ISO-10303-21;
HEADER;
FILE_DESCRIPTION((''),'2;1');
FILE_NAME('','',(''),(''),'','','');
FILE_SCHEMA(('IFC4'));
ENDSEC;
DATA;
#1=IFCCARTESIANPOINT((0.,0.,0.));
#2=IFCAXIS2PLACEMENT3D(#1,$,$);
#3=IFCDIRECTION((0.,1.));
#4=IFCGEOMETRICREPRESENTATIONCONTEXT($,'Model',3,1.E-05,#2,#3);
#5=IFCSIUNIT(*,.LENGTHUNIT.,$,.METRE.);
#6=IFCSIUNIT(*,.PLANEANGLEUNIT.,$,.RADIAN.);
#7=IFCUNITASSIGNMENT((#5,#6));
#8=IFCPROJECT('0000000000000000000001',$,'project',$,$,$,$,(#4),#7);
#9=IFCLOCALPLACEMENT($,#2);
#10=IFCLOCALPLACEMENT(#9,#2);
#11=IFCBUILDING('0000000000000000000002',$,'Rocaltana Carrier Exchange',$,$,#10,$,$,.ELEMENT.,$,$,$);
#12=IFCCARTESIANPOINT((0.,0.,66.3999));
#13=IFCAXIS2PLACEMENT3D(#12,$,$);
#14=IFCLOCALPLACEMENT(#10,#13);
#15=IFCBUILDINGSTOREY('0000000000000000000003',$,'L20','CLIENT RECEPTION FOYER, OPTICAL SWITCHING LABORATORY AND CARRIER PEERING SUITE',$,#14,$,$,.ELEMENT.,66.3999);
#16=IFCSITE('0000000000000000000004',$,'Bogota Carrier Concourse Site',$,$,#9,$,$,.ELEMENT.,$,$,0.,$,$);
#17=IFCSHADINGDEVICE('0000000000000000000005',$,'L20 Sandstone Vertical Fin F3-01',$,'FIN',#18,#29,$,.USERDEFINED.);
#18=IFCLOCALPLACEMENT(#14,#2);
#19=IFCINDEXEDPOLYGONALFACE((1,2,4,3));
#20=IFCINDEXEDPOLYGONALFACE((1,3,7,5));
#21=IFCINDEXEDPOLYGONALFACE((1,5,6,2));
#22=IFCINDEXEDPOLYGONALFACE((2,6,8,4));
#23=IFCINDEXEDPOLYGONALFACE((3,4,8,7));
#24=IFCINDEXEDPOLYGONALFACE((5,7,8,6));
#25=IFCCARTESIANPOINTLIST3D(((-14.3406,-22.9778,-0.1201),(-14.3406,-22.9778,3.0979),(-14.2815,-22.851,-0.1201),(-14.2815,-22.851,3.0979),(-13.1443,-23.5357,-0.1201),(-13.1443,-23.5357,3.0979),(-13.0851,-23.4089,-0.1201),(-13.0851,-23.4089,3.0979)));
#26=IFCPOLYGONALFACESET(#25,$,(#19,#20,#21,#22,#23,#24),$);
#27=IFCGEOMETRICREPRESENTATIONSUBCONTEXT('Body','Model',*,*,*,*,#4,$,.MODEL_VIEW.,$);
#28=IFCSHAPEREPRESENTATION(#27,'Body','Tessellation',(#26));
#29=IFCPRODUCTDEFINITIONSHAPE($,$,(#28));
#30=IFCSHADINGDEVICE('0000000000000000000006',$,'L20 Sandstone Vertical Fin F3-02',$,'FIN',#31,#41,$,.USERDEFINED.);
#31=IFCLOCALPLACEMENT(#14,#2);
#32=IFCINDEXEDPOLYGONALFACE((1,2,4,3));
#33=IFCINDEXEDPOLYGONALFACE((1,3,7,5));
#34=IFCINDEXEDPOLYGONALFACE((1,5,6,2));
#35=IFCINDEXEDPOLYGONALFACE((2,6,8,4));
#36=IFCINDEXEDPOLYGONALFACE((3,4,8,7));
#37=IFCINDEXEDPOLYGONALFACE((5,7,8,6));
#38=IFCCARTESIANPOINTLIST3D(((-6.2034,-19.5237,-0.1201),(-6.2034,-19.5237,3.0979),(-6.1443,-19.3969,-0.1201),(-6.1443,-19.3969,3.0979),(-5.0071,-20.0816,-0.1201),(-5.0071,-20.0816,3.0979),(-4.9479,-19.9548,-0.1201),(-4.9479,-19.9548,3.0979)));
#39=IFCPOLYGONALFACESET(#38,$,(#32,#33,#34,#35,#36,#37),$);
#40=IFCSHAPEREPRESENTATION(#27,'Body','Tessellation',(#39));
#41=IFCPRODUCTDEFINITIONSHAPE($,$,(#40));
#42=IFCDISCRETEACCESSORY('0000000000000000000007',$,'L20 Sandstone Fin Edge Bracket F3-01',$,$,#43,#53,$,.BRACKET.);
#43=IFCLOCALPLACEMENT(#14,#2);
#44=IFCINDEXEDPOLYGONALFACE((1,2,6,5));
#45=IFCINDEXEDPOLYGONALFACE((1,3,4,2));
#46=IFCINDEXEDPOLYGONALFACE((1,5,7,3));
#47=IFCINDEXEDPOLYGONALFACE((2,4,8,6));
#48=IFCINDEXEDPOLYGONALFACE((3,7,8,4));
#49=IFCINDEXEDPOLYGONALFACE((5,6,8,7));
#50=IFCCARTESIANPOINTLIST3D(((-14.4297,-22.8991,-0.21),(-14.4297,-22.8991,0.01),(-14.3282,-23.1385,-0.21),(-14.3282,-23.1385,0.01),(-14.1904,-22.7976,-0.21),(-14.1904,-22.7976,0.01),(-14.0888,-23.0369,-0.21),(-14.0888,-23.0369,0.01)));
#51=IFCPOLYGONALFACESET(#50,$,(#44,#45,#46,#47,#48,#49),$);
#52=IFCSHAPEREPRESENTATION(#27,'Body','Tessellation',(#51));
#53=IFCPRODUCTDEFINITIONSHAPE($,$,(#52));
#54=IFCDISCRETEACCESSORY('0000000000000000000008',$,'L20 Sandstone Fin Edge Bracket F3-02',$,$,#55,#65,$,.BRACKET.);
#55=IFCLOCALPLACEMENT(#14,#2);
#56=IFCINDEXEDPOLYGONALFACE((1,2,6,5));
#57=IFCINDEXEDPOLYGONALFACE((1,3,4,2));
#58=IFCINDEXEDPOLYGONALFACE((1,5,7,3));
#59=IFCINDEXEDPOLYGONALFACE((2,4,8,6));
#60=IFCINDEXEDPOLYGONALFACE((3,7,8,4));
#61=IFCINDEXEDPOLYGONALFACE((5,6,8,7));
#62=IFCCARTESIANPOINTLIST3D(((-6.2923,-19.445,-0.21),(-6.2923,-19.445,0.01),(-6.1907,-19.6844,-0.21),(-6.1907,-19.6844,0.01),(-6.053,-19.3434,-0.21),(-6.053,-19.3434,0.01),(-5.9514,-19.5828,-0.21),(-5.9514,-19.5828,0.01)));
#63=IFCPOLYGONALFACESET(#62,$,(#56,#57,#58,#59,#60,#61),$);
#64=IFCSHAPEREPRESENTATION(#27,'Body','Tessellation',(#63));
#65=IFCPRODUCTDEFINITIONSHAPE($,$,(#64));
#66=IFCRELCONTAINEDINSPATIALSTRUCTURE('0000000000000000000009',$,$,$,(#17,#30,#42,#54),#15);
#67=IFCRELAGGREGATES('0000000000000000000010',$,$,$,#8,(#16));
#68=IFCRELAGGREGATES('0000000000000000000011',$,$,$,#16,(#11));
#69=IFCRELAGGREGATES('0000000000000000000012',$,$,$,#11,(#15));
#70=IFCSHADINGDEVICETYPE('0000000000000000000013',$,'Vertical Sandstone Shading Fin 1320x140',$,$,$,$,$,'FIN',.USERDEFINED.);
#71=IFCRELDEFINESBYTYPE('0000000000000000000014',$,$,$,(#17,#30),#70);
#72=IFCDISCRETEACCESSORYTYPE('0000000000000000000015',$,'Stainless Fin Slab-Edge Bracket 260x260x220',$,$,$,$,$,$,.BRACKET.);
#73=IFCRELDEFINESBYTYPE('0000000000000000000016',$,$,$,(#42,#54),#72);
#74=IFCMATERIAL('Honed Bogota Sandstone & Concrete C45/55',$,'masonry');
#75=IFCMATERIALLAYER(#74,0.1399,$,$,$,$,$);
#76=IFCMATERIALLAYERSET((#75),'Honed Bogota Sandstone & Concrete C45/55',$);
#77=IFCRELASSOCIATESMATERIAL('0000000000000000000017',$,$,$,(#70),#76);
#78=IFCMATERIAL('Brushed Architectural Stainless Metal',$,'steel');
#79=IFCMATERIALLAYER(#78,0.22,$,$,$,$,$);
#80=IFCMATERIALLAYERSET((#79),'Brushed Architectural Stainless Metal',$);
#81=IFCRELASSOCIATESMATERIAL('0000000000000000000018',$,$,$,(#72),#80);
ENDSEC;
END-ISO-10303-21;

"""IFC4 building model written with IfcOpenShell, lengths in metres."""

from ifc_helpers import new_model, si_unit, direction, frame, origin, origin_2d, place, context, subcontext, project, spatial, rectangle, extrude, material, layer, layer_set, type_object, element, save


model = new_model("IFC4")

# Units and contexts
model_context = context("Model", 3, precision=1e-05, world=origin(), true_north=direction((0.0, 1.0)))
body_context = subcontext(model_context, "Body", "Model", "MODEL_VIEW")
ifc_project = project(units=[si_unit("LENGTHUNIT", "METRE"), si_unit("PLANEANGLEUNIT", "RADIAN")], contexts=[model_context])

# Site, building, storey
site_placement = place(None, origin())
site = spatial("IfcSite", under=ifc_project, at=site_placement, Name="Bogota Carrier Concourse Site", CompositionType="ELEMENT", RefElevation=0.0)
building_placement = place(site_placement, origin())
building = spatial("IfcBuilding", under=site, at=building_placement, Name="Rocaltana Carrier Exchange", CompositionType="ELEMENT")
storey_placement = place(building_placement, frame((0.0, 0.0, 66.3999)))
storey = spatial("IfcBuildingStorey", under=building, at=storey_placement, Name="L20", Description="CLIENT RECEPTION FOYER, OPTICAL SWITCHING LABORATORY AND CARRIER PEERING SUITE", CompositionType="ELEMENT", Elevation=66.3999)

# Shading devices
ifc_material_1 = material(Name="Honed Bogota Sandstone & Concrete C45/55", Category="masonry")
ifc_layer_1 = layer(ifc_material_1, 0.1399)
ifc_layer_set_1 = layer_set([ifc_layer_1], Name="Honed Bogota Sandstone & Concrete C45/55")
shading_device_type = type_object("IfcShadingDeviceType", Name="Vertical Sandstone Shading Fin 1320x140", ElementType="FIN", PredefinedType="USERDEFINED", material=ifc_layer_set_1)
for number, where, z_axis, x_axis, name in (
    (1, (-13.7129, -23.1934, -0.1201), (0.0, 0.0, 1.0), (0.906308, -0.422618, 0.0), "L20 Sandstone Vertical Fin F3-01"),
    (2, (-5.5757, -19.7393, -0.1201), (0.0, 0.0, 1.0), (0.906308, -0.422618, 0.0), "L20 Sandstone Vertical Fin F3-02"),
):
    element("IfcShadingDevice", number, at=place(storey_placement, frame(where, z_axis=z_axis, x_axis=x_axis)), inside=storey, type_object=shading_device_type, Name=name, ObjectType="FIN", PredefinedType="USERDEFINED", context=body_context, shape_type="SweptSolid", body=[
        extrude(rectangle(XDim=1.3201, YDim=0.1399, at=origin_2d()), origin(), (0.0, 0.0, 1.0), 3.218),
    ])

# Discrete accessories
ifc_material_2 = material(Name="Brushed Architectural Stainless Metal", Category="steel")
ifc_layer_2 = layer(ifc_material_2, 0.22)
ifc_layer_set_2 = layer_set([ifc_layer_2], Name="Brushed Architectural Stainless Metal")
discrete_accessory_type = type_object("IfcDiscreteAccessoryType", Name="Stainless Fin Slab-Edge Bracket 260x260x220", PredefinedType="BRACKET", material=ifc_layer_set_2)
for number, where, z_axis, x_axis, name in (
    (3, (-14.2593, -22.968, -0.21), (0.0, 0.0, 1.0), (0.920505, 0.390731, 0.0), "L20 Sandstone Fin Edge Bracket F3-01"),
    (4, (-6.1218, -19.5139, -0.21), (0.0, 0.0, 1.0), (0.920505, 0.390731, 0.0), "L20 Sandstone Fin Edge Bracket F3-02"),
):
    element("IfcDiscreteAccessory", number, at=place(storey_placement, frame(where, z_axis=z_axis, x_axis=x_axis)), inside=storey, type_object=discrete_accessory_type, Name=name, PredefinedType="BRACKET", context=body_context, shape_type="SweptSolid", body=[
        extrude(rectangle(XDim=0.26, YDim=0.26, at=origin_2d()), origin(), (0.0, 0.0, 1.0), 0.22),
    ])

save(model, "model.ifc")
